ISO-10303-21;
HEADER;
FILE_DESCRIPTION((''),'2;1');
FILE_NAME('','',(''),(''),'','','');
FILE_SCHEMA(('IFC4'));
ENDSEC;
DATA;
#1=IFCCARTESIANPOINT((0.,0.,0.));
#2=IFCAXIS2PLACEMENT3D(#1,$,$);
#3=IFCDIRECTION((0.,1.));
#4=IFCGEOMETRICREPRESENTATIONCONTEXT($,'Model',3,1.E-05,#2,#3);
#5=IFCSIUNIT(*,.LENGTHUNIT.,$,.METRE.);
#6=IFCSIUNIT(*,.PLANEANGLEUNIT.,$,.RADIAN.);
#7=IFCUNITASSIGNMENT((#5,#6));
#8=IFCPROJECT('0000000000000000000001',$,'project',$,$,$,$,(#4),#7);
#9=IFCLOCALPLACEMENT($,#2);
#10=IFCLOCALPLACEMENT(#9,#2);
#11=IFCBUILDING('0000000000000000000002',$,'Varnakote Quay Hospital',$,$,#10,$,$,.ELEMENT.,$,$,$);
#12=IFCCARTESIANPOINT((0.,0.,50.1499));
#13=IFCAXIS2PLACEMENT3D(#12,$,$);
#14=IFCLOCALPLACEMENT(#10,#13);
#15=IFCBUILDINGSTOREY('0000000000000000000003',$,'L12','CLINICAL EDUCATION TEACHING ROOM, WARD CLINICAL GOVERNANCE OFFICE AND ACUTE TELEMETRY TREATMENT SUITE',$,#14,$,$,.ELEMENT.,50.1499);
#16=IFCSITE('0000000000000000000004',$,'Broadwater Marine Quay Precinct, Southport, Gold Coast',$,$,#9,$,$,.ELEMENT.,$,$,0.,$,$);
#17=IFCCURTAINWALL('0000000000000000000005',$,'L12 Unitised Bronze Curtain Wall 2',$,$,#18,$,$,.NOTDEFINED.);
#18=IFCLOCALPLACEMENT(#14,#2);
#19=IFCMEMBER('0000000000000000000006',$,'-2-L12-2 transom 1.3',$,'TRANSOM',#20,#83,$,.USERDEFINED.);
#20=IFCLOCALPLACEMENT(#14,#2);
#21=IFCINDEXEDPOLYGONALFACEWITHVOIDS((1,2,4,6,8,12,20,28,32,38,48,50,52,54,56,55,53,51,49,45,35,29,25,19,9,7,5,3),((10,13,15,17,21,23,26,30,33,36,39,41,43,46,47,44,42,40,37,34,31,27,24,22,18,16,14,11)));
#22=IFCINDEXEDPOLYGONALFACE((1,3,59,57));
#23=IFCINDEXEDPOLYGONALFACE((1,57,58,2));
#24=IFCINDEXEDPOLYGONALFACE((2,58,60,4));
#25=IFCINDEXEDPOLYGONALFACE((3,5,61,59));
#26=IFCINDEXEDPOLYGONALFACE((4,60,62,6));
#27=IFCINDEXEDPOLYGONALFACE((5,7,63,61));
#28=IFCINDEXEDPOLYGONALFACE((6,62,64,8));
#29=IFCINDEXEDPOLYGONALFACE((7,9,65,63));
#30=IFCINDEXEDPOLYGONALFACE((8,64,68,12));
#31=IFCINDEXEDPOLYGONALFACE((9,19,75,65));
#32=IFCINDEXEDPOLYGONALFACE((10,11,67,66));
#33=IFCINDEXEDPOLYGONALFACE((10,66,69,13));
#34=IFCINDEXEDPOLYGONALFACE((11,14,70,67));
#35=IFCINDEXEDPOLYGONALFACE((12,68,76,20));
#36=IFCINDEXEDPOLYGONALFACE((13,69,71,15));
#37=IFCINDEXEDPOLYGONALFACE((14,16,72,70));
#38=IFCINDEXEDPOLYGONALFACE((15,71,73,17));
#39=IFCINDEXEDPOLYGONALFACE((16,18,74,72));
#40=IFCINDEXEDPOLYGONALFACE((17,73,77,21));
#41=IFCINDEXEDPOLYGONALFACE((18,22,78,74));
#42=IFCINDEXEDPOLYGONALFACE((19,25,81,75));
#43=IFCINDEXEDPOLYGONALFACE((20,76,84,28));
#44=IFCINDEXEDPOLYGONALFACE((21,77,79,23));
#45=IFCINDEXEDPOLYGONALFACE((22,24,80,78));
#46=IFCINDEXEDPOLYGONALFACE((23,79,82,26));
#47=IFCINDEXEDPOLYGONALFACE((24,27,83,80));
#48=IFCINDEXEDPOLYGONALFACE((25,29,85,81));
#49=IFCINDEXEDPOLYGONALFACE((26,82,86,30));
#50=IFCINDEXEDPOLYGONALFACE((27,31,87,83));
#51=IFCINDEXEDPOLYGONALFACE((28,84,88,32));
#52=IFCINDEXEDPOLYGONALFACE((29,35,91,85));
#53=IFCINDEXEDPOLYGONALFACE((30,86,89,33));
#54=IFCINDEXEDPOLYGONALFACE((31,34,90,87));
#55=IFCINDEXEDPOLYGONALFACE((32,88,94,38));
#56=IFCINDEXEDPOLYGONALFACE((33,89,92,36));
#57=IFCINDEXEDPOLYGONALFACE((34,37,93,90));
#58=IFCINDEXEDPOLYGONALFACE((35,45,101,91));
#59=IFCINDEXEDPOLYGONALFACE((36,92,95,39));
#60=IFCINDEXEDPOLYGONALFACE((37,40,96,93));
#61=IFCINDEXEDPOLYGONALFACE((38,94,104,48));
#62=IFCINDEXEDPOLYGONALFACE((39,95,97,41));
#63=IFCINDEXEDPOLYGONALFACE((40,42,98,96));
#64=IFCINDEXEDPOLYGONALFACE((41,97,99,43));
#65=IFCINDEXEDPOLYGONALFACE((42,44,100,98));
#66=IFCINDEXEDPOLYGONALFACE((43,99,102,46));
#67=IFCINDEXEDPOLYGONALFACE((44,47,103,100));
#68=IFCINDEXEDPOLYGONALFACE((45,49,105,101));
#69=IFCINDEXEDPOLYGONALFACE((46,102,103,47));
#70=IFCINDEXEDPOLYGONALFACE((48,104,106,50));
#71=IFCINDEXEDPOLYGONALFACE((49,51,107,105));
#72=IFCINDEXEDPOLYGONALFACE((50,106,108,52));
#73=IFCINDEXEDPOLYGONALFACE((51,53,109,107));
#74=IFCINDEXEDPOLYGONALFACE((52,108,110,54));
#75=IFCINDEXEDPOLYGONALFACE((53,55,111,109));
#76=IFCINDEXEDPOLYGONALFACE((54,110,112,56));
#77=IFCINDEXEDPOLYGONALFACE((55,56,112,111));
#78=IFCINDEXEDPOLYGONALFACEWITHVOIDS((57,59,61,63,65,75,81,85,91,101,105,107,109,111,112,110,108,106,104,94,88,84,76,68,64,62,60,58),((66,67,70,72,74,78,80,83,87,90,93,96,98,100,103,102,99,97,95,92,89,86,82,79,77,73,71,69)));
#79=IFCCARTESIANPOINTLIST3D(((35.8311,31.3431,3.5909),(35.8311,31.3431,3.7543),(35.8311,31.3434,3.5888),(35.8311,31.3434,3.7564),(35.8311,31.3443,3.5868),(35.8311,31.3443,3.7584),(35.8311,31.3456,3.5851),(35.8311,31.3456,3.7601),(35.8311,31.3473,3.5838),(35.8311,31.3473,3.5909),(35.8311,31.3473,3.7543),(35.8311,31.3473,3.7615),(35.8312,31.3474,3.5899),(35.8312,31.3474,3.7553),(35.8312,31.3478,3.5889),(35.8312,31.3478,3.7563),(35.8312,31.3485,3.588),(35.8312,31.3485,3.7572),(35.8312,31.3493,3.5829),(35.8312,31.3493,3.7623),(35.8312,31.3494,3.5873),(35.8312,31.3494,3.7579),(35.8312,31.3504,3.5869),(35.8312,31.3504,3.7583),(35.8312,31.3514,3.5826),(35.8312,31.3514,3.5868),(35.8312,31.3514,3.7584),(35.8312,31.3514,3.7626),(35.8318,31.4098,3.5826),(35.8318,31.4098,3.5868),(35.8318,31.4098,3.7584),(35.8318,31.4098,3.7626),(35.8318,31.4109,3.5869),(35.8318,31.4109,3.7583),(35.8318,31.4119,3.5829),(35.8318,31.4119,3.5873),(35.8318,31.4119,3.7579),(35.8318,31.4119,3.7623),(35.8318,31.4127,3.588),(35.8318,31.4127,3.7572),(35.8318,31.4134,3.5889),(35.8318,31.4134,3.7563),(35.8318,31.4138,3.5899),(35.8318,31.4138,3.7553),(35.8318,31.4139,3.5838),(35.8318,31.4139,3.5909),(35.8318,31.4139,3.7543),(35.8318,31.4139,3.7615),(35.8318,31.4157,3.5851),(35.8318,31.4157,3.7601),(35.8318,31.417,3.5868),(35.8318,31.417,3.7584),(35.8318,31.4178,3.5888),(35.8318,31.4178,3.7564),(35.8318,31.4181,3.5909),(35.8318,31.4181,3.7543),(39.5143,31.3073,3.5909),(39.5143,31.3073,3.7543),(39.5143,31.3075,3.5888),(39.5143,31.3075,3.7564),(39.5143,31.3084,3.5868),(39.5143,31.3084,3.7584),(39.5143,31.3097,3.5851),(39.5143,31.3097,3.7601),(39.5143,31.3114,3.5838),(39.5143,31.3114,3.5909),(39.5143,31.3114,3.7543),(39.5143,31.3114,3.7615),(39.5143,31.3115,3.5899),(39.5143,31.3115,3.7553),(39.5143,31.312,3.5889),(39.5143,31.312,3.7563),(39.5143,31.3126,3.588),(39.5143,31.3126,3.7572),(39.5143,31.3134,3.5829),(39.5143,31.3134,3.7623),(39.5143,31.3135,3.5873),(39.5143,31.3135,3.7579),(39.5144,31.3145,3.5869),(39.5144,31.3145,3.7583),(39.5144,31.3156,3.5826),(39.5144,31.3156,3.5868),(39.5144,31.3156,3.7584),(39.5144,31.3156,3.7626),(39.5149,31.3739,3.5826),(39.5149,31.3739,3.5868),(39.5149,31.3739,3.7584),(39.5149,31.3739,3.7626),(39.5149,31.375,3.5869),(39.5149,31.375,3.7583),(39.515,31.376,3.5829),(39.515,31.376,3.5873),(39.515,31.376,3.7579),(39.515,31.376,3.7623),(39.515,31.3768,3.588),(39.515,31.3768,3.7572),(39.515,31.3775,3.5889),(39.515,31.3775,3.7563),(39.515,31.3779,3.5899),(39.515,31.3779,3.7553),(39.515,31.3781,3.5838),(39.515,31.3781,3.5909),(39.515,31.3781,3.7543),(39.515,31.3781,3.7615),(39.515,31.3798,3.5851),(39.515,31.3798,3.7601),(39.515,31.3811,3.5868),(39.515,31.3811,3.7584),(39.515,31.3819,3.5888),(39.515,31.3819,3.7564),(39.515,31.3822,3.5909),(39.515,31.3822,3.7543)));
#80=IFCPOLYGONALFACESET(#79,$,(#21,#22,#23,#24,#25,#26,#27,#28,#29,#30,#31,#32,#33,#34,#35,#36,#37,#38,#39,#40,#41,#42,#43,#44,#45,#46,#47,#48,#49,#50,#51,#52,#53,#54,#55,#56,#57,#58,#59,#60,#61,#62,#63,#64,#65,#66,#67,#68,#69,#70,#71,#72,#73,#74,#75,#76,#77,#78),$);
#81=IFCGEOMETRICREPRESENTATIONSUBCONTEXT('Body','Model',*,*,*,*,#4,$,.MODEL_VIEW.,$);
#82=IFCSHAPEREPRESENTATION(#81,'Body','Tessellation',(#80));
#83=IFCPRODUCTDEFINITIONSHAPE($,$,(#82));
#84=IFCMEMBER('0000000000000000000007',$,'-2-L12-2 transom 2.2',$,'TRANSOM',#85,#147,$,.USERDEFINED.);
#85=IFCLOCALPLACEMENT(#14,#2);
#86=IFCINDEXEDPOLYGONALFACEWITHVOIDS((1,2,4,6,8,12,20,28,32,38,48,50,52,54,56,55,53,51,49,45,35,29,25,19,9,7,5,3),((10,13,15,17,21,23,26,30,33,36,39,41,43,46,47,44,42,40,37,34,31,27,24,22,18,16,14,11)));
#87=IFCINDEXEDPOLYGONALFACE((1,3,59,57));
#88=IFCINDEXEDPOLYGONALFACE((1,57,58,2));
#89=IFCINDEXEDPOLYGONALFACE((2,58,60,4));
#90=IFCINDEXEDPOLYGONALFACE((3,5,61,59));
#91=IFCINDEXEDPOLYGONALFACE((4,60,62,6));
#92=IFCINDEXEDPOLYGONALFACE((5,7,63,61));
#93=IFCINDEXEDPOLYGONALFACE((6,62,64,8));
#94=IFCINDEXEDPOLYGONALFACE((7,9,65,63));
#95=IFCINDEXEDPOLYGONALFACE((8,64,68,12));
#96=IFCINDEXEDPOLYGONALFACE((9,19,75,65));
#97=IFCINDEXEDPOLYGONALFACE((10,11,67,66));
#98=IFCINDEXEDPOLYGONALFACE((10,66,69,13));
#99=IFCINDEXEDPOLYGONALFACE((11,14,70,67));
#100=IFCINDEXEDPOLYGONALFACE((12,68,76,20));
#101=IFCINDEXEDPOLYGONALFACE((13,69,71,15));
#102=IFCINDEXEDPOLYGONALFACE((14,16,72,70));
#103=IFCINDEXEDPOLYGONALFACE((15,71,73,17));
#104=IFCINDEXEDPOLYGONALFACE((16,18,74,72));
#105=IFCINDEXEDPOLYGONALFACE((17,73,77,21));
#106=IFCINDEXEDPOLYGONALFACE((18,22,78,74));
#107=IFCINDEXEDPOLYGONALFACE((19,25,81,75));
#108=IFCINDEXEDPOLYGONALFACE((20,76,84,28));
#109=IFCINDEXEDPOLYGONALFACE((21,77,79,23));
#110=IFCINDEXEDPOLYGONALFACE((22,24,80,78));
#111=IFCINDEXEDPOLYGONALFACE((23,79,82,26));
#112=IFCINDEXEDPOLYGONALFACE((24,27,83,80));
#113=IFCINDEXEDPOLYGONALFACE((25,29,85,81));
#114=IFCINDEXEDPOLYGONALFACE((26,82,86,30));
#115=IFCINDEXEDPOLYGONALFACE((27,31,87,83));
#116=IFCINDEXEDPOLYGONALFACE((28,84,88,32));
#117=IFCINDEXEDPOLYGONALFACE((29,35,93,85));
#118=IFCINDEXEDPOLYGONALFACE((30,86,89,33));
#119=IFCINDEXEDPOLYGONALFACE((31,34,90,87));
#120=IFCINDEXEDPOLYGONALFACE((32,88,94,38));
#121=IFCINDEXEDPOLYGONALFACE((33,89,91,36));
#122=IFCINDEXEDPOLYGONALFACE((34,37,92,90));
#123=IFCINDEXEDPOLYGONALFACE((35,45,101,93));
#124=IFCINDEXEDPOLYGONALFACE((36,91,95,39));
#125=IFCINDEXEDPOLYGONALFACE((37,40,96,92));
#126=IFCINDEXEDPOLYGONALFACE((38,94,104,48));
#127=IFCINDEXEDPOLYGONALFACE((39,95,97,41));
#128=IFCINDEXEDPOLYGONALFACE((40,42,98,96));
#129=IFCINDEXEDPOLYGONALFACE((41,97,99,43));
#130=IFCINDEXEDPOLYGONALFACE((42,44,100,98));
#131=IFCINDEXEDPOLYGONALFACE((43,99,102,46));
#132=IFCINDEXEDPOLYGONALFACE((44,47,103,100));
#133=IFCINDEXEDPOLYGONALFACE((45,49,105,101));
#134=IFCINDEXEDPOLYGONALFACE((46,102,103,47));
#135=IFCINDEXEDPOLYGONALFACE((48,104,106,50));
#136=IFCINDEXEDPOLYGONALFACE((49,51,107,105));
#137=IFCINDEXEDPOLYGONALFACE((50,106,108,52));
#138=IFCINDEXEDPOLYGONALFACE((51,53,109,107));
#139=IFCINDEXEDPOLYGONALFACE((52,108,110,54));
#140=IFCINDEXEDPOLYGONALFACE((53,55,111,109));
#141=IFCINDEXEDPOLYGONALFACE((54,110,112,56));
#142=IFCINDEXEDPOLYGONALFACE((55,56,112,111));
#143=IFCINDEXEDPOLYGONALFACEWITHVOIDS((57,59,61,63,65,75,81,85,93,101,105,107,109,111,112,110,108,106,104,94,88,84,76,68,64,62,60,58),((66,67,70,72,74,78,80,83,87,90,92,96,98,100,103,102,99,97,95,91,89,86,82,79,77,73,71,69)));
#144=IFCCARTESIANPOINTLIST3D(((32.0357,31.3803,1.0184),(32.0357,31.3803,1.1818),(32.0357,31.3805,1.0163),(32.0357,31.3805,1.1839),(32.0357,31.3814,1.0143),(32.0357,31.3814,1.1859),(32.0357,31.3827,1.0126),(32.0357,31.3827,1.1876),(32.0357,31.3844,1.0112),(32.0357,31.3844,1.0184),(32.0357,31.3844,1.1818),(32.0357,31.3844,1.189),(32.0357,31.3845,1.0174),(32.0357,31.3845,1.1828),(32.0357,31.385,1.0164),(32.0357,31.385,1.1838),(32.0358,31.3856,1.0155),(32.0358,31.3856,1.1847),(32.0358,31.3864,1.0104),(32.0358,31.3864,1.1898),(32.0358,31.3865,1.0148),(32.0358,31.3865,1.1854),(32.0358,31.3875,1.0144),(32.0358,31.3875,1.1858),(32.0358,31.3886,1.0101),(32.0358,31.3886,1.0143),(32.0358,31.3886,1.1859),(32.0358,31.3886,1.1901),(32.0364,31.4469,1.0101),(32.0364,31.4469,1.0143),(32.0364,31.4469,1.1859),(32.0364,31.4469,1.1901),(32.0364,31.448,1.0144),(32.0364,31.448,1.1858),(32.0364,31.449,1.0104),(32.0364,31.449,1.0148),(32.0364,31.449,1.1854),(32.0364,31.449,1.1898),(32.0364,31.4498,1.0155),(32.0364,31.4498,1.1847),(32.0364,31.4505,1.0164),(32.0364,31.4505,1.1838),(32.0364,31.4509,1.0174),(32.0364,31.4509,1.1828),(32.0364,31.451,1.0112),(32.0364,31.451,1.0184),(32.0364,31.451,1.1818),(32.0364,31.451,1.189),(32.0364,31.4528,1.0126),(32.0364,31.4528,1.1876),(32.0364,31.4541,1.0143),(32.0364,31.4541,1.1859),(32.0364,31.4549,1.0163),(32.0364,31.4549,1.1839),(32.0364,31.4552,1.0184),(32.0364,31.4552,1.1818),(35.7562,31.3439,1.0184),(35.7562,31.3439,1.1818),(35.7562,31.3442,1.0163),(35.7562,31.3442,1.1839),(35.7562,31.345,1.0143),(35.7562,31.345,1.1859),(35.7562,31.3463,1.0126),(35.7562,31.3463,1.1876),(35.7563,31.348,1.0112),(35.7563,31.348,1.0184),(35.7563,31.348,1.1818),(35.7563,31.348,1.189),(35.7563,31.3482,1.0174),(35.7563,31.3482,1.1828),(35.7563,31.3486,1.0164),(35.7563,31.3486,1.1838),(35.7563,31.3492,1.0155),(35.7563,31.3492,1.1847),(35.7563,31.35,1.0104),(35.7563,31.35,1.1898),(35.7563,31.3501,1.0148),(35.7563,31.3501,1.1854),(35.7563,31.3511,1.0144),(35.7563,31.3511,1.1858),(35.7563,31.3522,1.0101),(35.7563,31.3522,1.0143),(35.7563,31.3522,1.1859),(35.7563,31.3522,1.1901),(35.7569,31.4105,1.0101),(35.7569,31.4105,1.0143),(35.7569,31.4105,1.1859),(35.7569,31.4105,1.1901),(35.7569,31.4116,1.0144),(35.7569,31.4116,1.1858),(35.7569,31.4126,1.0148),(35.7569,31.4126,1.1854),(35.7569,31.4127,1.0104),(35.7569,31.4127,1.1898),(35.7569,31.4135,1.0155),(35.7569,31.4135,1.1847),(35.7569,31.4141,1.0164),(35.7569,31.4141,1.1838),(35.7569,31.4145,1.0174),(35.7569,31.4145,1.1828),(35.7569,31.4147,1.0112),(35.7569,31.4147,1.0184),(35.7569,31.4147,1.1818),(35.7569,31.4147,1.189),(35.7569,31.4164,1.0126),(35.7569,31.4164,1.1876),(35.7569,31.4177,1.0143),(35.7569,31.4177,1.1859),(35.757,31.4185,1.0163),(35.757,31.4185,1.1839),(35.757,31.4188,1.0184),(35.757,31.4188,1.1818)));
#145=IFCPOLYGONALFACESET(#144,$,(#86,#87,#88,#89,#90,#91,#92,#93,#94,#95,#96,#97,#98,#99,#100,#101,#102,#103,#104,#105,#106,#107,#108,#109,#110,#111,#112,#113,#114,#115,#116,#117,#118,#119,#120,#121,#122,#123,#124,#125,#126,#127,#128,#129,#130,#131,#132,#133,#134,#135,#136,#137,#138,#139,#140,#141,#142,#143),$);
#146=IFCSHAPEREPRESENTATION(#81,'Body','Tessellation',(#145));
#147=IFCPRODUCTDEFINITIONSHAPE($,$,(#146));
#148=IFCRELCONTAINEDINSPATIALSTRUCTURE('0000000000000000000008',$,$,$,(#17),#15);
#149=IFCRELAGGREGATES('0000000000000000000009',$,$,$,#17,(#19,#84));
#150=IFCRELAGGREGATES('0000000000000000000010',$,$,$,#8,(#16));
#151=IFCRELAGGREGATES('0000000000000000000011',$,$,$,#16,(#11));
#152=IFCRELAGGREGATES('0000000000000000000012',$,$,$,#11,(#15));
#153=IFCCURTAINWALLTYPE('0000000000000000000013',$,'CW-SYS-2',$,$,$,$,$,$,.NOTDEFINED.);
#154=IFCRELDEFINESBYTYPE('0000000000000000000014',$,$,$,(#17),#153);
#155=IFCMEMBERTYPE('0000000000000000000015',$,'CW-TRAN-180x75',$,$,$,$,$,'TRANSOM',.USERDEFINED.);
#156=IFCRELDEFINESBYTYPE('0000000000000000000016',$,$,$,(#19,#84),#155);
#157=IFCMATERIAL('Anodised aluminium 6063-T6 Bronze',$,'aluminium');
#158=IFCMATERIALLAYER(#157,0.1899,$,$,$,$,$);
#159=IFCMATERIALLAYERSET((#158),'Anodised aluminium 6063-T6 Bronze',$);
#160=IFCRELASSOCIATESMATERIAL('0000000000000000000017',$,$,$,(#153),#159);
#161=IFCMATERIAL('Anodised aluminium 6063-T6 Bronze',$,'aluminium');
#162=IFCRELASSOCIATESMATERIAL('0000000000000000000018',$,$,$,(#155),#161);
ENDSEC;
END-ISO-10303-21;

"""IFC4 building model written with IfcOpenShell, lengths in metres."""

from ifc_helpers import new_model, si_unit, direction, frame, origin, origin_2d, place, context, subcontext, project, spatial, hollow_rectangle, extrude, material, layer, layer_set, material_profile, profile_set, type_object, element, aggregate, save


model = new_model("IFC4")

# Units and contexts
model_context = context("Model", 3, precision=1e-05, world=origin(), true_north=direction((0.0, 1.0)))
body_context = subcontext(model_context, "Body", "Model", "MODEL_VIEW")
ifc_project = project(units=[si_unit("LENGTHUNIT", "METRE"), si_unit("PLANEANGLEUNIT", "RADIAN")], contexts=[model_context])

# Site, building, storey
site_placement = place(None, origin())
site = spatial("IfcSite", under=ifc_project, at=site_placement, Name="Broadwater Marine Quay Precinct, Southport, Gold Coast", CompositionType="ELEMENT", RefElevation=0.0)
building_placement = place(site_placement, origin())
building = spatial("IfcBuilding", under=site, at=building_placement, Name="Varnakote Quay Hospital", CompositionType="ELEMENT")
storey_placement = place(building_placement, frame((0.0, 0.0, 50.1499)))
storey = spatial("IfcBuildingStorey", under=building, at=storey_placement, Name="L12", Description="CLINICAL EDUCATION TEACHING ROOM, WARD CLINICAL GOVERNANCE OFFICE AND ACUTE TELEMETRY TREATMENT SUITE", CompositionType="ELEMENT", Elevation=50.1499)

# Shared definitions
ifc_material_1 = material(Name="Anodised aluminium 6063-T6 Bronze", Category="aluminium")
ifc_layer_1 = layer(ifc_material_1, 0.1899)
ifc_layer_set_1 = layer_set([ifc_layer_1], Name="Anodised aluminium 6063-T6 Bronze")
curtain_wall_type = type_object("IfcCurtainWallType", Name="CW-SYS-2", PredefinedType="NOTDEFINED", material=ifc_layer_set_1)

# Curtain wall, members
curtain_wall_1_placement = place(storey_placement, origin())
curtain_wall_1 = element("IfcCurtainWall", 1, at=curtain_wall_1_placement, inside=storey, type_object=curtain_wall_type, Name="L12 Unitised Bronze Curtain Wall 2", PredefinedType="NOTDEFINED")
ifc_material_2 = material(Name="Anodised aluminium 6063-T6 Bronze", Category="aluminium")
ifc_material_profile_1 = material_profile(ifc_material_2, hollow_rectangle(XDim=0.075, YDim=0.1799, WallThickness=0.0042, InnerFilletRadius=0.0042, OuterFilletRadius=0.0083, at=origin_2d()), Name="CW-TRAN-180x75")
ifc_profile_set_1 = profile_set([ifc_material_profile_1], Name="Anodised aluminium 6063-T6 Bronze")
member_type_1 = type_object("IfcMemberType", Name="CW-TRAN-180x75", ElementType="TRANSOM", PredefinedType="USERDEFINED", material=ifc_profile_set_1)
member_1_placement = place(storey_placement, frame((39.5146, 31.3447, 3.6726), z_axis=(-0.999953, 0.009744, 0.0), x_axis=(-0.009744, -0.999953, 0.0)))
member_1 = element("IfcMember", 2, at=member_1_placement, type_object=member_type_1, Name="-2-L12-2 transom 1.3", ObjectType="TRANSOM", PredefinedType="USERDEFINED", context=body_context, shape_type="SweptSolid", body=[
    extrude(hollow_rectangle(XDim=0.075, YDim=0.1799, WallThickness=0.0042, InnerFilletRadius=0.0042, OuterFilletRadius=0.0083, at=origin_2d()), origin(), (0.0, 0.0, 1.0), 3.6833),
])
member_2_placement = place(storey_placement, frame((35.7566, 31.3813, 1.1001), z_axis=(-0.999952, 0.009777, 0.0), x_axis=(-0.009777, -0.999952, 0.0)))
member_2 = element("IfcMember", 3, at=member_2_placement, type_object=member_type_1, Name="-2-L12-2 transom 2.2", ObjectType="TRANSOM", PredefinedType="USERDEFINED", context=body_context, shape_type="SweptSolid", body=[
    extrude(hollow_rectangle(XDim=0.075, YDim=0.1799, WallThickness=0.0042, InnerFilletRadius=0.0042, OuterFilletRadius=0.0083, at=origin_2d()), origin(), (0.0, 0.0, 1.0), 3.7207),
])

aggregate(curtain_wall_1, [member_1, member_2])

save(model, "model.ifc")
